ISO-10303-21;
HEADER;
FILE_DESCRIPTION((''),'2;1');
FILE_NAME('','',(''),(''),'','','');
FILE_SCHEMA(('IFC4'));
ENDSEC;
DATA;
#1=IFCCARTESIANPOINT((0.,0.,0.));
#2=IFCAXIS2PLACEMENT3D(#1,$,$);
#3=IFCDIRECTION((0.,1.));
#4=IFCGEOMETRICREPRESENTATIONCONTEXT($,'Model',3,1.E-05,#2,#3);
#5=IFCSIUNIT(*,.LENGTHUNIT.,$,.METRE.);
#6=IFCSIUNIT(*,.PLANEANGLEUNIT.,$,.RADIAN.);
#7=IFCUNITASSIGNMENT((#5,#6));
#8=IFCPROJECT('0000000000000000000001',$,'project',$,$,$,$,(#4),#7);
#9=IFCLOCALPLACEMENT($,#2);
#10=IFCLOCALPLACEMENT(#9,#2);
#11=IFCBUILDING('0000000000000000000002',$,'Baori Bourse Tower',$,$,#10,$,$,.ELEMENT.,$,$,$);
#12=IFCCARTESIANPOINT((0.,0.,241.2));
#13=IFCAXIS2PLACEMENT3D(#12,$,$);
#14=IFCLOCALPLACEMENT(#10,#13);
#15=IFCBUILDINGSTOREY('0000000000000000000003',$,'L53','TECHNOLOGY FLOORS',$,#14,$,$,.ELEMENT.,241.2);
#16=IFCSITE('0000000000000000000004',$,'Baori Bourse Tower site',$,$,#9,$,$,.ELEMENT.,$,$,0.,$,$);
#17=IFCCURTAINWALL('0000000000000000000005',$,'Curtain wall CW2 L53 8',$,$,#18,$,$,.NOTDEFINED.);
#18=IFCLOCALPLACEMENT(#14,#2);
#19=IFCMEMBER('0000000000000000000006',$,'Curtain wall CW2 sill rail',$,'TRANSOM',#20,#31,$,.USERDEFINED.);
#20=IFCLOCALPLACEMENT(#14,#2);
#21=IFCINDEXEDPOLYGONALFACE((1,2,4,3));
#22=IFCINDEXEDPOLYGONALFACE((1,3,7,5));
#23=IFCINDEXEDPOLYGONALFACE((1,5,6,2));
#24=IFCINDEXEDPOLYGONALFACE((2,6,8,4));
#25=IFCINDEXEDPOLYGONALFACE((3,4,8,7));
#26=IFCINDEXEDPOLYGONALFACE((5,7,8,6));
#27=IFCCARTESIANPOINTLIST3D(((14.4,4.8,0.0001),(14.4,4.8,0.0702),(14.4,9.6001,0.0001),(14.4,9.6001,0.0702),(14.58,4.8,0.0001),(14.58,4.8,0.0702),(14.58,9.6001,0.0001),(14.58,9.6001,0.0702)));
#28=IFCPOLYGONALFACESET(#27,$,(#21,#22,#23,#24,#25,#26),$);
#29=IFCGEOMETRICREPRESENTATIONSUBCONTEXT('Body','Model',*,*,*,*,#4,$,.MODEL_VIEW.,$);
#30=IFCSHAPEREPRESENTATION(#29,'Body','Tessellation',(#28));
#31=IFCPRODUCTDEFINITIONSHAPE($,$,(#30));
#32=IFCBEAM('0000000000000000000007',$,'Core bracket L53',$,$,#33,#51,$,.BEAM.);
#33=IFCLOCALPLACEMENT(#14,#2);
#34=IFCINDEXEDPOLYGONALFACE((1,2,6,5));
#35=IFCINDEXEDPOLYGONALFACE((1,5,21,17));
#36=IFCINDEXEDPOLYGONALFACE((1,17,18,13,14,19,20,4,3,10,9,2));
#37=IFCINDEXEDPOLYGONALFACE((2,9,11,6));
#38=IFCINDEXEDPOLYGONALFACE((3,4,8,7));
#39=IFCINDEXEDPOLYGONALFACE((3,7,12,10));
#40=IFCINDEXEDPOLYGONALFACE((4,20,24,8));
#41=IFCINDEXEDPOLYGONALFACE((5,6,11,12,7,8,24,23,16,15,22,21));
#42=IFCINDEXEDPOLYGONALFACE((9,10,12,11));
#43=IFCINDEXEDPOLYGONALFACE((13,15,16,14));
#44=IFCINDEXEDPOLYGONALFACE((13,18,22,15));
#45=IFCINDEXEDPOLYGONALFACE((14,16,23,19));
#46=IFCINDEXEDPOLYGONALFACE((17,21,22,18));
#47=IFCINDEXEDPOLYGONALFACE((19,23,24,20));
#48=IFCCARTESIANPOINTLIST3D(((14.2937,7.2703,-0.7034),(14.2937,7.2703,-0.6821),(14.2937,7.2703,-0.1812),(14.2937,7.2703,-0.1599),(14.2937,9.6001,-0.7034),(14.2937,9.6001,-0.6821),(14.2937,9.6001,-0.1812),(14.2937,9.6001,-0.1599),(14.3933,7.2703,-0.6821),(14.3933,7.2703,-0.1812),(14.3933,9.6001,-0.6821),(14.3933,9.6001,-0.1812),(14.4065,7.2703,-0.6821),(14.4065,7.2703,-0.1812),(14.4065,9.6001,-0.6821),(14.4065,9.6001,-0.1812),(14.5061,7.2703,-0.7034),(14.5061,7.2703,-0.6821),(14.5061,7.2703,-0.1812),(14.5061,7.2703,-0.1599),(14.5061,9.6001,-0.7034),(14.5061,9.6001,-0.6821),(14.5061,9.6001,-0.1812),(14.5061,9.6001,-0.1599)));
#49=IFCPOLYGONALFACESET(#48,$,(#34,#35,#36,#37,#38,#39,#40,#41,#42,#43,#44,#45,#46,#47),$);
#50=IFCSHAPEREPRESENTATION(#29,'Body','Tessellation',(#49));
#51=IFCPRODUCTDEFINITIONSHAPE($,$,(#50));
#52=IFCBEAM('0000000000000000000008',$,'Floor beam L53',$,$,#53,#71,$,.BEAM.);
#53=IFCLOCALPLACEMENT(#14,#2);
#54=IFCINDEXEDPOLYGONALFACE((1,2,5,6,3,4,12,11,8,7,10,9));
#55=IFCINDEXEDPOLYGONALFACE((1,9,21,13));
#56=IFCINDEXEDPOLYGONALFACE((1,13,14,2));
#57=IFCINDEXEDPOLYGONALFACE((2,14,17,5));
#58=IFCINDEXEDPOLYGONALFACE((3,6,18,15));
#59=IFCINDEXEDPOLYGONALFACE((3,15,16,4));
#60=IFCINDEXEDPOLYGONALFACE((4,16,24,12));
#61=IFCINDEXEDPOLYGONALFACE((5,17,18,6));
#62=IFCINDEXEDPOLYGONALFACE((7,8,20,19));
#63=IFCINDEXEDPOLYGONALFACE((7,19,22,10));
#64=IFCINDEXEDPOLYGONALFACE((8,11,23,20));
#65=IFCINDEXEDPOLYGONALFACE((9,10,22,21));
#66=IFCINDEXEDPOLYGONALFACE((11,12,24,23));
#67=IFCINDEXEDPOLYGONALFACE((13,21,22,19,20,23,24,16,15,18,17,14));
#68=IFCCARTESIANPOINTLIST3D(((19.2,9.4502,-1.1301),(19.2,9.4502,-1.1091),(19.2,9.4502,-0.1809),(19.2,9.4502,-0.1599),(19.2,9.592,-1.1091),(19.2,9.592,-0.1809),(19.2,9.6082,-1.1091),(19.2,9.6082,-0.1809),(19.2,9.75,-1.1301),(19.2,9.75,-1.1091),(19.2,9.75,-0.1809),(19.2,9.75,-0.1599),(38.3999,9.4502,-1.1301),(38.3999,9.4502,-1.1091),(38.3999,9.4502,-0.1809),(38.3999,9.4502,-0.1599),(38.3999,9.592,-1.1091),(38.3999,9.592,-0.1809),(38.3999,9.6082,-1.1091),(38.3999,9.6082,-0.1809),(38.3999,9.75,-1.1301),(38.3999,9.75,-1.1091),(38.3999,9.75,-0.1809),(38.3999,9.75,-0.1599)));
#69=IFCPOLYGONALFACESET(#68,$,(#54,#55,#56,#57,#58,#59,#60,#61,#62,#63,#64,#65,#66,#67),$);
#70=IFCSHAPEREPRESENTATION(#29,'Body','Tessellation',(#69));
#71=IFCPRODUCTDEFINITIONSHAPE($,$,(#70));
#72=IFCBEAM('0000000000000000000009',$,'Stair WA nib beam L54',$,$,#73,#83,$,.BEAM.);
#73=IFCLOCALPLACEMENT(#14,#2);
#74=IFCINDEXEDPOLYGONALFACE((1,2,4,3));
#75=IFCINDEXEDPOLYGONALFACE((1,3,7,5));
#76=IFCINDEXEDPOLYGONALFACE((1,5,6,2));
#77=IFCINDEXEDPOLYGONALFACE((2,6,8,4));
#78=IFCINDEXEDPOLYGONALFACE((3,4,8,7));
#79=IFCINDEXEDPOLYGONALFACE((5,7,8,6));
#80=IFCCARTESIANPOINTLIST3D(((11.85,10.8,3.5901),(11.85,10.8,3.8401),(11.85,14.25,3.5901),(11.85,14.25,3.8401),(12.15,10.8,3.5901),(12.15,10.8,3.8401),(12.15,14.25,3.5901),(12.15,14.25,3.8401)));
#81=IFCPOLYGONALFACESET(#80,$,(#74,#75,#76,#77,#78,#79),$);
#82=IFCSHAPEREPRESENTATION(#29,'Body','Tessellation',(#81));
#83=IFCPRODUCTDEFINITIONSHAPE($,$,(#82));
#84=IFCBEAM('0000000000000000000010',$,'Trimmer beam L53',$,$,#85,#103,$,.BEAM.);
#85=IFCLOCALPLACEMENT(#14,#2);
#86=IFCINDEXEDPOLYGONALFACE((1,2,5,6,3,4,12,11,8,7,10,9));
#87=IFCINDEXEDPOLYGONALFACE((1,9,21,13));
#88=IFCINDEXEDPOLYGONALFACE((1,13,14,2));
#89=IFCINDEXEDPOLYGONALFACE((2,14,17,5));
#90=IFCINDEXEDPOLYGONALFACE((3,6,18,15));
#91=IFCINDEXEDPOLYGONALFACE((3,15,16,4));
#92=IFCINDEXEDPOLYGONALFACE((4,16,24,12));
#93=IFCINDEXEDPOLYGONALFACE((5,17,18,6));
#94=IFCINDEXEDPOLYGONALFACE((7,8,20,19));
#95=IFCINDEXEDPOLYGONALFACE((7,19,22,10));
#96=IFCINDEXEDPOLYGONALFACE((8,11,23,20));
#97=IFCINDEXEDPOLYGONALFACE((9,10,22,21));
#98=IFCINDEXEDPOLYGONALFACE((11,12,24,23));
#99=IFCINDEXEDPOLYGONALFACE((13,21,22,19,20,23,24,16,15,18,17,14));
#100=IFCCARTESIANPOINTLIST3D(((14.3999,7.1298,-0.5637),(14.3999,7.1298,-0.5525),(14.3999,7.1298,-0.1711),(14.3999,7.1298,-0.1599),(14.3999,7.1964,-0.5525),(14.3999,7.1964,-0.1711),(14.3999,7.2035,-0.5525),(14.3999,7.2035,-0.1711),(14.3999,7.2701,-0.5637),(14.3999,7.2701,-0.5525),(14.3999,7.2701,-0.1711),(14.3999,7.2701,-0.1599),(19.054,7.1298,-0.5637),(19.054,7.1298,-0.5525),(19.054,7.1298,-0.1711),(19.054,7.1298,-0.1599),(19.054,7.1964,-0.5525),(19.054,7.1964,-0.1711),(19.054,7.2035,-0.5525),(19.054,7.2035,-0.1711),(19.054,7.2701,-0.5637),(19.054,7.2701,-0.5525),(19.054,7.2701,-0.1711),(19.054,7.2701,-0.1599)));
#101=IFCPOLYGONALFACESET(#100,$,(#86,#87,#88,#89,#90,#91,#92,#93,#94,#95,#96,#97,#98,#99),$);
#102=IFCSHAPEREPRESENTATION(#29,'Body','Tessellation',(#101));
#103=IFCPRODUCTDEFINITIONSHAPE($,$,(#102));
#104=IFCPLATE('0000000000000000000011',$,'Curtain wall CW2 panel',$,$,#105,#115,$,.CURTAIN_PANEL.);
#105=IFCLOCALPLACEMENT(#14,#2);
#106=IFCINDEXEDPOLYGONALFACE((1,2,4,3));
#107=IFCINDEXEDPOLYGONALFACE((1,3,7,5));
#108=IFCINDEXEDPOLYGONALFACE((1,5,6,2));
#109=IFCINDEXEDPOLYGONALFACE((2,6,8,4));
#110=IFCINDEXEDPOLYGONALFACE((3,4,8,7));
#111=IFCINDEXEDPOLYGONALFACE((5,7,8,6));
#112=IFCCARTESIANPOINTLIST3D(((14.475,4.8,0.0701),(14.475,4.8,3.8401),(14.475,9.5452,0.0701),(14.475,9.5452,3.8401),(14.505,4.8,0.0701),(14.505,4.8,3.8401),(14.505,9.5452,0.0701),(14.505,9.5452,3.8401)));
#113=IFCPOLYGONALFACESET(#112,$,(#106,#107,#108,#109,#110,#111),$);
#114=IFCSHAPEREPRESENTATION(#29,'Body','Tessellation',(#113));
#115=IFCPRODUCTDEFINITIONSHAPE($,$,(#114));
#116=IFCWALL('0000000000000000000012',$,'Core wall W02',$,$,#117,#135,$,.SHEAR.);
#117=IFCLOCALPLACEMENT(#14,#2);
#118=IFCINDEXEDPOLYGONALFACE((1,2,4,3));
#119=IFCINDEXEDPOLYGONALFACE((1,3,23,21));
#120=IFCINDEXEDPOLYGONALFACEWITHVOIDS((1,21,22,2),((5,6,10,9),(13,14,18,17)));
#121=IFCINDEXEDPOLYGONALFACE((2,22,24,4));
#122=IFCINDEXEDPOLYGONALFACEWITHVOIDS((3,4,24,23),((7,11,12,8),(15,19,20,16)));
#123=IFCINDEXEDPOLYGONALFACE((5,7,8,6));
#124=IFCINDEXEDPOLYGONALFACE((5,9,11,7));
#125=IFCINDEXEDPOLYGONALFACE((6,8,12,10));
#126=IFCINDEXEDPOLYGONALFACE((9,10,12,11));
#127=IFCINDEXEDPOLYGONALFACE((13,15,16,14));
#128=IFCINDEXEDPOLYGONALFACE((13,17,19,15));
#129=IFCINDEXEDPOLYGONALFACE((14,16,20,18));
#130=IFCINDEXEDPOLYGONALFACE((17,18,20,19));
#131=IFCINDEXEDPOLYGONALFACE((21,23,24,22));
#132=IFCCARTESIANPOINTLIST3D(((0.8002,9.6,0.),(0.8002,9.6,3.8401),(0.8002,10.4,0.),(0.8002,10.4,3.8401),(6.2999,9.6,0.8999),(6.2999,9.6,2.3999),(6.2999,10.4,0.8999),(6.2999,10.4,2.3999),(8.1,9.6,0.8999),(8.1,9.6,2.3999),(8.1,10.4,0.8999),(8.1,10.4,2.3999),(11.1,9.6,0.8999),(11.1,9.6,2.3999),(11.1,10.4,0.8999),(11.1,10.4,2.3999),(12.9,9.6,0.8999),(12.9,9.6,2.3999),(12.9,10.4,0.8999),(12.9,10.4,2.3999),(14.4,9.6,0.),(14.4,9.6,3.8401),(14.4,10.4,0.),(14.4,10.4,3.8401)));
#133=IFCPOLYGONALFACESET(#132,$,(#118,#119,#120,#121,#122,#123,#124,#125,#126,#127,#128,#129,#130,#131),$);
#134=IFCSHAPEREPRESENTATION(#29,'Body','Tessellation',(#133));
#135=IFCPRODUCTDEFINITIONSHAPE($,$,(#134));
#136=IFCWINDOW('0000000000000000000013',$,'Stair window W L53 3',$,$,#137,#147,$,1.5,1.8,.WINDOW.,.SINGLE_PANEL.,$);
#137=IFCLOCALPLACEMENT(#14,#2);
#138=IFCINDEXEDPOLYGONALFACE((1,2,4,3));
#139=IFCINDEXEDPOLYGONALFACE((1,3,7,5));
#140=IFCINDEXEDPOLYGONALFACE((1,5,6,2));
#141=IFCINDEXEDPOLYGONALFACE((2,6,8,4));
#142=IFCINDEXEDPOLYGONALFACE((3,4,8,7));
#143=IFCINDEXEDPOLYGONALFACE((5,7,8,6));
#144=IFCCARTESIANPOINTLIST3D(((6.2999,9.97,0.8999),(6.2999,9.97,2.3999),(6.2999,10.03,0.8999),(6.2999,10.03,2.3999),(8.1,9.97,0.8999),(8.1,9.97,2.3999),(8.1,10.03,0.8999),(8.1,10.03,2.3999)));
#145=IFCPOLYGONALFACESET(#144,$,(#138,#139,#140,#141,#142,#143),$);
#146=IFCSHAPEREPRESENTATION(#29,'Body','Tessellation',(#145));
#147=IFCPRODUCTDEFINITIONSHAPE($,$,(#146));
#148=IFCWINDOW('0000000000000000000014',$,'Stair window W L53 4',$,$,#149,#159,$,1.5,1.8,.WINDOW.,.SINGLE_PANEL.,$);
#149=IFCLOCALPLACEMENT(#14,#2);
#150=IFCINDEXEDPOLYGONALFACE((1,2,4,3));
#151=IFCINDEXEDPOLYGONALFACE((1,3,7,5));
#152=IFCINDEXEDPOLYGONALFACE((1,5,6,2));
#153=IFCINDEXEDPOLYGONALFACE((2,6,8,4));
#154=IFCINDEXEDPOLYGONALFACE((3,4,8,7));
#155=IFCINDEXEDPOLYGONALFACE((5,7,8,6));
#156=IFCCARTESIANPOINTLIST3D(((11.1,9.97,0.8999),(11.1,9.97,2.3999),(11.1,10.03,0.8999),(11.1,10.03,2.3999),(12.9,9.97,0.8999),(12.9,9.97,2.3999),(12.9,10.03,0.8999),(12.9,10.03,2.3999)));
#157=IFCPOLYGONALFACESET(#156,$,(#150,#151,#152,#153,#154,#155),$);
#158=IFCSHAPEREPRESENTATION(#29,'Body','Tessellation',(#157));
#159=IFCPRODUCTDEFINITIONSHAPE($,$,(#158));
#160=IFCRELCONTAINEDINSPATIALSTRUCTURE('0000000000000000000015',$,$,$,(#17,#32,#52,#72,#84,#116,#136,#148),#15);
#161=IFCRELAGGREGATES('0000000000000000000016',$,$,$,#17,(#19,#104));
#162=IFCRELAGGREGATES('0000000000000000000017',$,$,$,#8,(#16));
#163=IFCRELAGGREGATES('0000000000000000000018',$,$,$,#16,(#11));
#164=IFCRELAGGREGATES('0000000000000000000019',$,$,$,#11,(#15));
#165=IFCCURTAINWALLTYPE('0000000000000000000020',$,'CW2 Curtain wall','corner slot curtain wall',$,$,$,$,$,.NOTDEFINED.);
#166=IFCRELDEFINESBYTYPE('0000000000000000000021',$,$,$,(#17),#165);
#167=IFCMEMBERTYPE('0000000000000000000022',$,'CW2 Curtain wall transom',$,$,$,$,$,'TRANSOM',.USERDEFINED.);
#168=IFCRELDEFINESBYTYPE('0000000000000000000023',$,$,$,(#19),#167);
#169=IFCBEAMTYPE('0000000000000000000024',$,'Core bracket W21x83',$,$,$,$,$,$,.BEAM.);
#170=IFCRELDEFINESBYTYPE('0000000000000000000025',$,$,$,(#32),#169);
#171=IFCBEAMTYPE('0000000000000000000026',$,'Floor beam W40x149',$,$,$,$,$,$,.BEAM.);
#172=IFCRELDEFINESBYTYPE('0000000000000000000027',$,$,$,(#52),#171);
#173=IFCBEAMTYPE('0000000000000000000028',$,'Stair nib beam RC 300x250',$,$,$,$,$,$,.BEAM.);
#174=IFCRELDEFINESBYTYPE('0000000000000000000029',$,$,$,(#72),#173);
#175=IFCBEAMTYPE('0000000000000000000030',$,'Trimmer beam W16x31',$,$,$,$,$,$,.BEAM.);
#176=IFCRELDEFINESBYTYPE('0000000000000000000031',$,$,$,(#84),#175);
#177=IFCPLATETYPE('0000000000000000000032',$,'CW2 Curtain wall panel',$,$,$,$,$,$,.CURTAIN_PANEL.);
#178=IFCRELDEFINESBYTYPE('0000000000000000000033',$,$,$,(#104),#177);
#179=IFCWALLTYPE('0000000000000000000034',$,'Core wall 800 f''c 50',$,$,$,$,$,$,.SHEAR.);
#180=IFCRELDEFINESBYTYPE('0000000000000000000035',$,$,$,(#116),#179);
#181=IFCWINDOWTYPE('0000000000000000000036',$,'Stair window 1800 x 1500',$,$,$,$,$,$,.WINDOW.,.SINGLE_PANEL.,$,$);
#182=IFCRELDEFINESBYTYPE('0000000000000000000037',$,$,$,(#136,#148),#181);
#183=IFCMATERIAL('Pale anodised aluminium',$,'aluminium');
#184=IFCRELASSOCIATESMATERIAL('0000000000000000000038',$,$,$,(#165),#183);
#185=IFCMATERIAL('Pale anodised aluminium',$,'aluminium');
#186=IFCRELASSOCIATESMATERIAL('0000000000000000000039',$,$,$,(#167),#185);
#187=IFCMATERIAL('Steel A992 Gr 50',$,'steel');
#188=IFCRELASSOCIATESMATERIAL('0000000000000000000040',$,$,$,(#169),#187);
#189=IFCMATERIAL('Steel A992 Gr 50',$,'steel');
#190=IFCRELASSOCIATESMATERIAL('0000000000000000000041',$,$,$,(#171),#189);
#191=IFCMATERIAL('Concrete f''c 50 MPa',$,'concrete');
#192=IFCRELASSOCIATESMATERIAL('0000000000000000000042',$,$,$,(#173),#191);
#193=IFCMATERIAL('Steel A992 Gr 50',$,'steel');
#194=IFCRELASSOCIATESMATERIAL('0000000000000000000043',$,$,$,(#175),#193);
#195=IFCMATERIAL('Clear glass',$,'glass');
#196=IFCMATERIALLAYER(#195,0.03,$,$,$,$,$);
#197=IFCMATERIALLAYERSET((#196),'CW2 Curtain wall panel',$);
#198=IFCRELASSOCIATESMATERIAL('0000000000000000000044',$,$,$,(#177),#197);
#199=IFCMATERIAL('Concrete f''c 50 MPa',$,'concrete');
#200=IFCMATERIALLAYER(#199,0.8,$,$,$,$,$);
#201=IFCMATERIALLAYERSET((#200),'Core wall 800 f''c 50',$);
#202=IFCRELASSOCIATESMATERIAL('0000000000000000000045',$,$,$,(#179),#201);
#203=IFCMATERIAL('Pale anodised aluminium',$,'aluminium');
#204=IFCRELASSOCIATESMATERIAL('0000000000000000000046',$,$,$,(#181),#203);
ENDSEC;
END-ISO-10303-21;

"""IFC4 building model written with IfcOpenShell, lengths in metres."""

from ifc_helpers import new_model, si_unit, direction, frame, frame_2d, origin, origin_2d, place, context, subcontext, project, spatial, rectangle, i_section, extrude, material, layer, layer_set, material_profile, profile_set, type_object, element, fill, aggregate, save


model = new_model("IFC4")

# Units and contexts
model_context = context("Model", 3, precision=1e-05, world=origin(), true_north=direction((0.0, 1.0)))
body_context = subcontext(model_context, "Body", "Model", "MODEL_VIEW")
ifc_project = project(units=[si_unit("LENGTHUNIT", "METRE"), si_unit("PLANEANGLEUNIT", "RADIAN")], contexts=[model_context])

# Site, building, storey
site_placement = place(None, origin())
site = spatial("IfcSite", under=ifc_project, at=site_placement, Name="Baori Bourse Tower site", CompositionType="ELEMENT", RefElevation=0.0)
building_placement = place(site_placement, origin())
building = spatial("IfcBuilding", under=site, at=building_placement, Name="Baori Bourse Tower", CompositionType="ELEMENT")
storey_placement = place(building_placement, frame((0.0, 0.0, 241.2)))
storey = spatial("IfcBuildingStorey", under=building, at=storey_placement, Name="L53", Description="TECHNOLOGY FLOORS", CompositionType="ELEMENT", Elevation=241.2)

# Curtain wall, member
ifc_material_1 = material(Name="Pale anodised aluminium", Category="aluminium")
curtain_wall_type = type_object("IfcCurtainWallType", Name="CW2 Curtain wall", Description="corner slot curtain wall", PredefinedType="NOTDEFINED", material=ifc_material_1)
curtain_wall_placement = place(storey_placement, origin())
curtain_wall = element("IfcCurtainWall", 1, at=curtain_wall_placement, inside=storey, type_object=curtain_wall_type, Name="Curtain wall CW2 L53 8", PredefinedType="NOTDEFINED")
ifc_material_2 = material(Name="Pale anodised aluminium", Category="aluminium")
ifc_material_profile_1 = material_profile(ifc_material_2, rectangle(XDim=0.1799, YDim=0.0701, at=origin_2d()), Name="Transom 70x180")
ifc_profile_set_1 = profile_set([ifc_material_profile_1], Name="Pale anodised aluminium")
member_type = type_object("IfcMemberType", Name="CW2 Curtain wall transom", ElementType="TRANSOM", PredefinedType="USERDEFINED", material=ifc_profile_set_1)
member_placement = place(storey_placement, frame((14.49, 9.6001, 0.0352), z_axis=(0.0, -1.0, 0.0), x_axis=(1.0, 0.0, 0.0)))
member = element("IfcMember", 2, at=member_placement, type_object=member_type, Name="Curtain wall CW2 sill rail", ObjectType="TRANSOM", PredefinedType="USERDEFINED", context=body_context, shape_type="SweptSolid", body=[
    extrude(rectangle(XDim=0.1799, YDim=0.0701, at=origin_2d()), origin(), (0.0, 0.0, 1.0), 4.8),
])

# Beams
ifc_material_3 = material(Name="Steel A992 Gr 50", Category="steel")
ifc_material_profile_2 = material_profile(ifc_material_3, i_section(OverallWidth=0.2124, OverallDepth=0.5435, WebThickness=0.0132, FlangeThickness=0.0212, at=origin_2d()), Name="W21x83")
ifc_profile_set_2 = profile_set([ifc_material_profile_2], Name="Steel A992 Gr 50")
beam_type_1 = type_object("IfcBeamType", Name="Core bracket W21x83", PredefinedType="BEAM", material=ifc_profile_set_2)
beam_1_placement = place(storey_placement, frame((14.3999, 7.2703, -0.4316), z_axis=(0.0, 1.0, 0.0), x_axis=(-1.0, 0.0, 0.0)))
element("IfcBeam", 3, at=beam_1_placement, inside=storey, type_object=beam_type_1, Name="Core bracket L53", PredefinedType="BEAM", context=body_context, shape_type="SweptSolid", body=[
    extrude(i_section(OverallWidth=0.2124, OverallDepth=0.5435, WebThickness=0.0132, FlangeThickness=0.0212, at=origin_2d()), origin(), (0.0, 0.0, 1.0), 2.3298),
])
ifc_material_4 = material(Name="Steel A992 Gr 50", Category="steel")
ifc_material_profile_3 = material_profile(ifc_material_4, i_section(OverallWidth=0.2998, OverallDepth=0.9702, WebThickness=0.0161, FlangeThickness=0.021, at=origin_2d()), Name="W40x149")
ifc_profile_set_3 = profile_set([ifc_material_profile_3], Name="Steel A992 Gr 50")
beam_type_2 = type_object("IfcBeamType", Name="Floor beam W40x149", PredefinedType="BEAM", material=ifc_profile_set_3)
beam_2_placement = place(storey_placement, frame((19.2, 9.6001, -0.645), z_axis=(1.0, 0.0, 0.0), x_axis=(0.0, 1.0, 0.0)))
element("IfcBeam", 4, at=beam_2_placement, inside=storey, type_object=beam_type_2, Name="Floor beam L53", PredefinedType="BEAM", context=body_context, shape_type="SweptSolid", body=[
    extrude(i_section(OverallWidth=0.2998, OverallDepth=0.9702, WebThickness=0.0161, FlangeThickness=0.021, at=origin_2d()), origin(), (0.0, 0.0, 1.0), 19.2),
])
ifc_material_5 = material(Name="Concrete f'c 50 MPa", Category="concrete")
ifc_material_profile_4 = material_profile(ifc_material_5, rectangle(XDim=0.3, YDim=0.25, at=origin_2d()), Name="RC 300x250")
ifc_profile_set_4 = profile_set([ifc_material_profile_4], Name="Concrete f'c 50 MPa")
beam_type_3 = type_object("IfcBeamType", Name="Stair nib beam RC 300x250", PredefinedType="BEAM", material=ifc_profile_set_4)
beam_3_placement = place(storey_placement, frame((12.0, 10.8, 3.7151), z_axis=(0.0, 1.0, 0.0), x_axis=(-1.0, 0.0, 0.0)))
element("IfcBeam", 5, at=beam_3_placement, inside=storey, type_object=beam_type_3, Name="Stair WA nib beam L54", PredefinedType="BEAM", context=body_context, shape_type="SweptSolid", body=[
    extrude(rectangle(XDim=0.3, YDim=0.25, at=origin_2d()), origin(), (0.0, 0.0, 1.0), 3.45),
])
ifc_material_6 = material(Name="Steel A992 Gr 50", Category="steel")
ifc_material_profile_5 = material_profile(ifc_material_6, i_section(OverallWidth=0.1404, OverallDepth=0.4038, WebThickness=0.0071, FlangeThickness=0.0112, at=origin_2d()), Name="W16x31")
ifc_profile_set_5 = profile_set([ifc_material_profile_5], Name="Steel A992 Gr 50")
beam_type_4 = type_object("IfcBeamType", Name="Trimmer beam W16x31", PredefinedType="BEAM", material=ifc_profile_set_5)
beam_4_placement = place(storey_placement, frame((14.3999, 7.2, -0.3618), z_axis=(1.0, 0.0, 0.0), x_axis=(0.0, 1.0, 0.0)))
element("IfcBeam", 6, at=beam_4_placement, inside=storey, type_object=beam_type_4, Name="Trimmer beam L53", PredefinedType="BEAM", context=body_context, shape_type="SweptSolid", body=[
    extrude(i_section(OverallWidth=0.1404, OverallDepth=0.4038, WebThickness=0.0071, FlangeThickness=0.0112, at=origin_2d()), origin(), (0.0, 0.0, 1.0), 4.6541),
])

# Plate
ifc_material_7 = material(Name="Clear glass", Category="glass")
ifc_layer_1 = layer(ifc_material_7, 0.03)
ifc_layer_set_1 = layer_set([ifc_layer_1], Name="CW2 Curtain wall panel")
plate_type = type_object("IfcPlateType", Name="CW2 Curtain wall panel", PredefinedType="CURTAIN_PANEL", material=ifc_layer_set_1)
plate_placement = place(storey_placement, frame((14.49, 7.1726, 0.0701), z_axis=(0.0, 0.0, 1.0), x_axis=(0.0, -1.0, 0.0)))
plate = element("IfcPlate", 7, at=plate_placement, type_object=plate_type, Name="Curtain wall CW2 panel", PredefinedType="CURTAIN_PANEL", context=body_context, shape_type="SweptSolid", body=[
    extrude(rectangle(XDim=4.7451, YDim=0.03, at=origin_2d()), origin(), (0.0, 0.0, 1.0), 3.77),
])
aggregate(curtain_wall, [member, plate])

# Wall, openings, windows
ifc_material_8 = material(Name="Concrete f'c 50 MPa", Category="concrete")
ifc_layer_2 = layer(ifc_material_8, 0.8)
ifc_layer_set_2 = layer_set([ifc_layer_2], Name="Core wall 800 f'c 50")
wall_type_1 = type_object("IfcWallType", Name="Core wall 800 f'c 50", PredefinedType="SHEAR", material=ifc_layer_set_2)
wall_1_placement = place(storey_placement, frame((14.3999, 10.0, 0.0), z_axis=(0.0, 0.0, 1.0), x_axis=(-1.0, 0.0, 0.0)))
wall_1 = element("IfcWall", 8, at=wall_1_placement, inside=storey, type_object=wall_type_1, Name="Core wall W02", PredefinedType="SHEAR", context=body_context, shape_type="SweptSolid", body=[
    extrude(rectangle(XDim=13.5999, YDim=0.8, at=frame_2d((6.7998, 0.0))), origin(), (0.0, 0.0, 1.0), 3.8401),
])
opening_1_placement = place(wall_1_placement, frame((6.3, 0.0, 0.8999)))
opening_1 = element("IfcOpeningElement", 9, at=opening_1_placement, cuts=wall_1, PredefinedType="OPENING", context=body_context, shape_type="SweptSolid", body=[
    extrude(rectangle(XDim=1.8, YDim=1.5, at=frame_2d((0.8999, 0.75))), frame((0.0, 0.4099, 0.0), z_axis=(0.0, -1.0, 0.0), x_axis=(1.0, 0.0, 0.0)), (0.0, 0.0, 1.0), 0.8201),
])
opening_2_placement = place(wall_1_placement, frame((1.5, 0.0, 0.8999)))
opening_2 = element("IfcOpeningElement", 10, at=opening_2_placement, cuts=wall_1, PredefinedType="OPENING", context=body_context, shape_type="SweptSolid", body=[
    extrude(rectangle(XDim=1.8, YDim=1.5, at=frame_2d((0.8999, 0.75))), frame((0.0, 0.4099, 0.0), z_axis=(0.0, -1.0, 0.0), x_axis=(1.0, 0.0, 0.0)), (0.0, 0.0, 1.0), 0.8201),
])
ifc_material_9 = material(Name="Pale anodised aluminium", Category="aluminium")
window_type = type_object("IfcWindowType", Name="Stair window 1800 x 1500", PartitioningType="SINGLE_PANEL", PredefinedType="WINDOW", material=ifc_material_9)
window_1_placement = place(opening_1_placement, origin())
window_1 = element("IfcWindow", 11, at=window_1_placement, inside=storey, type_object=window_type, Name="Stair window W L53 3", OverallHeight=1.5, OverallWidth=1.8, PartitioningType="SINGLE_PANEL", PredefinedType="WINDOW", context=body_context, shape_type="SweptSolid", body=[
    extrude(rectangle(XDim=1.8, YDim=1.5, at=frame_2d((0.8999, 0.75))), frame((0.0, 0.03, 0.0), z_axis=(0.0, -1.0, 0.0), x_axis=(1.0, 0.0, 0.0)), (0.0, 0.0, 1.0), 0.0601),
])
fill(opening_1, window_1)
window_2_placement = place(opening_2_placement, origin())
window_2 = element("IfcWindow", 12, at=window_2_placement, inside=storey, type_object=window_type, Name="Stair window W L53 4", OverallHeight=1.5, OverallWidth=1.8, PartitioningType="SINGLE_PANEL", PredefinedType="WINDOW", context=body_context, shape_type="SweptSolid", body=[
    extrude(rectangle(XDim=1.8, YDim=1.5, at=frame_2d((0.8999, 0.75))), frame((0.0, 0.03, 0.0), z_axis=(0.0, -1.0, 0.0), x_axis=(1.0, 0.0, 0.0)), (0.0, 0.0, 1.0), 0.0601),
])
fill(opening_2, window_2)

save(model, "model.ifc")
